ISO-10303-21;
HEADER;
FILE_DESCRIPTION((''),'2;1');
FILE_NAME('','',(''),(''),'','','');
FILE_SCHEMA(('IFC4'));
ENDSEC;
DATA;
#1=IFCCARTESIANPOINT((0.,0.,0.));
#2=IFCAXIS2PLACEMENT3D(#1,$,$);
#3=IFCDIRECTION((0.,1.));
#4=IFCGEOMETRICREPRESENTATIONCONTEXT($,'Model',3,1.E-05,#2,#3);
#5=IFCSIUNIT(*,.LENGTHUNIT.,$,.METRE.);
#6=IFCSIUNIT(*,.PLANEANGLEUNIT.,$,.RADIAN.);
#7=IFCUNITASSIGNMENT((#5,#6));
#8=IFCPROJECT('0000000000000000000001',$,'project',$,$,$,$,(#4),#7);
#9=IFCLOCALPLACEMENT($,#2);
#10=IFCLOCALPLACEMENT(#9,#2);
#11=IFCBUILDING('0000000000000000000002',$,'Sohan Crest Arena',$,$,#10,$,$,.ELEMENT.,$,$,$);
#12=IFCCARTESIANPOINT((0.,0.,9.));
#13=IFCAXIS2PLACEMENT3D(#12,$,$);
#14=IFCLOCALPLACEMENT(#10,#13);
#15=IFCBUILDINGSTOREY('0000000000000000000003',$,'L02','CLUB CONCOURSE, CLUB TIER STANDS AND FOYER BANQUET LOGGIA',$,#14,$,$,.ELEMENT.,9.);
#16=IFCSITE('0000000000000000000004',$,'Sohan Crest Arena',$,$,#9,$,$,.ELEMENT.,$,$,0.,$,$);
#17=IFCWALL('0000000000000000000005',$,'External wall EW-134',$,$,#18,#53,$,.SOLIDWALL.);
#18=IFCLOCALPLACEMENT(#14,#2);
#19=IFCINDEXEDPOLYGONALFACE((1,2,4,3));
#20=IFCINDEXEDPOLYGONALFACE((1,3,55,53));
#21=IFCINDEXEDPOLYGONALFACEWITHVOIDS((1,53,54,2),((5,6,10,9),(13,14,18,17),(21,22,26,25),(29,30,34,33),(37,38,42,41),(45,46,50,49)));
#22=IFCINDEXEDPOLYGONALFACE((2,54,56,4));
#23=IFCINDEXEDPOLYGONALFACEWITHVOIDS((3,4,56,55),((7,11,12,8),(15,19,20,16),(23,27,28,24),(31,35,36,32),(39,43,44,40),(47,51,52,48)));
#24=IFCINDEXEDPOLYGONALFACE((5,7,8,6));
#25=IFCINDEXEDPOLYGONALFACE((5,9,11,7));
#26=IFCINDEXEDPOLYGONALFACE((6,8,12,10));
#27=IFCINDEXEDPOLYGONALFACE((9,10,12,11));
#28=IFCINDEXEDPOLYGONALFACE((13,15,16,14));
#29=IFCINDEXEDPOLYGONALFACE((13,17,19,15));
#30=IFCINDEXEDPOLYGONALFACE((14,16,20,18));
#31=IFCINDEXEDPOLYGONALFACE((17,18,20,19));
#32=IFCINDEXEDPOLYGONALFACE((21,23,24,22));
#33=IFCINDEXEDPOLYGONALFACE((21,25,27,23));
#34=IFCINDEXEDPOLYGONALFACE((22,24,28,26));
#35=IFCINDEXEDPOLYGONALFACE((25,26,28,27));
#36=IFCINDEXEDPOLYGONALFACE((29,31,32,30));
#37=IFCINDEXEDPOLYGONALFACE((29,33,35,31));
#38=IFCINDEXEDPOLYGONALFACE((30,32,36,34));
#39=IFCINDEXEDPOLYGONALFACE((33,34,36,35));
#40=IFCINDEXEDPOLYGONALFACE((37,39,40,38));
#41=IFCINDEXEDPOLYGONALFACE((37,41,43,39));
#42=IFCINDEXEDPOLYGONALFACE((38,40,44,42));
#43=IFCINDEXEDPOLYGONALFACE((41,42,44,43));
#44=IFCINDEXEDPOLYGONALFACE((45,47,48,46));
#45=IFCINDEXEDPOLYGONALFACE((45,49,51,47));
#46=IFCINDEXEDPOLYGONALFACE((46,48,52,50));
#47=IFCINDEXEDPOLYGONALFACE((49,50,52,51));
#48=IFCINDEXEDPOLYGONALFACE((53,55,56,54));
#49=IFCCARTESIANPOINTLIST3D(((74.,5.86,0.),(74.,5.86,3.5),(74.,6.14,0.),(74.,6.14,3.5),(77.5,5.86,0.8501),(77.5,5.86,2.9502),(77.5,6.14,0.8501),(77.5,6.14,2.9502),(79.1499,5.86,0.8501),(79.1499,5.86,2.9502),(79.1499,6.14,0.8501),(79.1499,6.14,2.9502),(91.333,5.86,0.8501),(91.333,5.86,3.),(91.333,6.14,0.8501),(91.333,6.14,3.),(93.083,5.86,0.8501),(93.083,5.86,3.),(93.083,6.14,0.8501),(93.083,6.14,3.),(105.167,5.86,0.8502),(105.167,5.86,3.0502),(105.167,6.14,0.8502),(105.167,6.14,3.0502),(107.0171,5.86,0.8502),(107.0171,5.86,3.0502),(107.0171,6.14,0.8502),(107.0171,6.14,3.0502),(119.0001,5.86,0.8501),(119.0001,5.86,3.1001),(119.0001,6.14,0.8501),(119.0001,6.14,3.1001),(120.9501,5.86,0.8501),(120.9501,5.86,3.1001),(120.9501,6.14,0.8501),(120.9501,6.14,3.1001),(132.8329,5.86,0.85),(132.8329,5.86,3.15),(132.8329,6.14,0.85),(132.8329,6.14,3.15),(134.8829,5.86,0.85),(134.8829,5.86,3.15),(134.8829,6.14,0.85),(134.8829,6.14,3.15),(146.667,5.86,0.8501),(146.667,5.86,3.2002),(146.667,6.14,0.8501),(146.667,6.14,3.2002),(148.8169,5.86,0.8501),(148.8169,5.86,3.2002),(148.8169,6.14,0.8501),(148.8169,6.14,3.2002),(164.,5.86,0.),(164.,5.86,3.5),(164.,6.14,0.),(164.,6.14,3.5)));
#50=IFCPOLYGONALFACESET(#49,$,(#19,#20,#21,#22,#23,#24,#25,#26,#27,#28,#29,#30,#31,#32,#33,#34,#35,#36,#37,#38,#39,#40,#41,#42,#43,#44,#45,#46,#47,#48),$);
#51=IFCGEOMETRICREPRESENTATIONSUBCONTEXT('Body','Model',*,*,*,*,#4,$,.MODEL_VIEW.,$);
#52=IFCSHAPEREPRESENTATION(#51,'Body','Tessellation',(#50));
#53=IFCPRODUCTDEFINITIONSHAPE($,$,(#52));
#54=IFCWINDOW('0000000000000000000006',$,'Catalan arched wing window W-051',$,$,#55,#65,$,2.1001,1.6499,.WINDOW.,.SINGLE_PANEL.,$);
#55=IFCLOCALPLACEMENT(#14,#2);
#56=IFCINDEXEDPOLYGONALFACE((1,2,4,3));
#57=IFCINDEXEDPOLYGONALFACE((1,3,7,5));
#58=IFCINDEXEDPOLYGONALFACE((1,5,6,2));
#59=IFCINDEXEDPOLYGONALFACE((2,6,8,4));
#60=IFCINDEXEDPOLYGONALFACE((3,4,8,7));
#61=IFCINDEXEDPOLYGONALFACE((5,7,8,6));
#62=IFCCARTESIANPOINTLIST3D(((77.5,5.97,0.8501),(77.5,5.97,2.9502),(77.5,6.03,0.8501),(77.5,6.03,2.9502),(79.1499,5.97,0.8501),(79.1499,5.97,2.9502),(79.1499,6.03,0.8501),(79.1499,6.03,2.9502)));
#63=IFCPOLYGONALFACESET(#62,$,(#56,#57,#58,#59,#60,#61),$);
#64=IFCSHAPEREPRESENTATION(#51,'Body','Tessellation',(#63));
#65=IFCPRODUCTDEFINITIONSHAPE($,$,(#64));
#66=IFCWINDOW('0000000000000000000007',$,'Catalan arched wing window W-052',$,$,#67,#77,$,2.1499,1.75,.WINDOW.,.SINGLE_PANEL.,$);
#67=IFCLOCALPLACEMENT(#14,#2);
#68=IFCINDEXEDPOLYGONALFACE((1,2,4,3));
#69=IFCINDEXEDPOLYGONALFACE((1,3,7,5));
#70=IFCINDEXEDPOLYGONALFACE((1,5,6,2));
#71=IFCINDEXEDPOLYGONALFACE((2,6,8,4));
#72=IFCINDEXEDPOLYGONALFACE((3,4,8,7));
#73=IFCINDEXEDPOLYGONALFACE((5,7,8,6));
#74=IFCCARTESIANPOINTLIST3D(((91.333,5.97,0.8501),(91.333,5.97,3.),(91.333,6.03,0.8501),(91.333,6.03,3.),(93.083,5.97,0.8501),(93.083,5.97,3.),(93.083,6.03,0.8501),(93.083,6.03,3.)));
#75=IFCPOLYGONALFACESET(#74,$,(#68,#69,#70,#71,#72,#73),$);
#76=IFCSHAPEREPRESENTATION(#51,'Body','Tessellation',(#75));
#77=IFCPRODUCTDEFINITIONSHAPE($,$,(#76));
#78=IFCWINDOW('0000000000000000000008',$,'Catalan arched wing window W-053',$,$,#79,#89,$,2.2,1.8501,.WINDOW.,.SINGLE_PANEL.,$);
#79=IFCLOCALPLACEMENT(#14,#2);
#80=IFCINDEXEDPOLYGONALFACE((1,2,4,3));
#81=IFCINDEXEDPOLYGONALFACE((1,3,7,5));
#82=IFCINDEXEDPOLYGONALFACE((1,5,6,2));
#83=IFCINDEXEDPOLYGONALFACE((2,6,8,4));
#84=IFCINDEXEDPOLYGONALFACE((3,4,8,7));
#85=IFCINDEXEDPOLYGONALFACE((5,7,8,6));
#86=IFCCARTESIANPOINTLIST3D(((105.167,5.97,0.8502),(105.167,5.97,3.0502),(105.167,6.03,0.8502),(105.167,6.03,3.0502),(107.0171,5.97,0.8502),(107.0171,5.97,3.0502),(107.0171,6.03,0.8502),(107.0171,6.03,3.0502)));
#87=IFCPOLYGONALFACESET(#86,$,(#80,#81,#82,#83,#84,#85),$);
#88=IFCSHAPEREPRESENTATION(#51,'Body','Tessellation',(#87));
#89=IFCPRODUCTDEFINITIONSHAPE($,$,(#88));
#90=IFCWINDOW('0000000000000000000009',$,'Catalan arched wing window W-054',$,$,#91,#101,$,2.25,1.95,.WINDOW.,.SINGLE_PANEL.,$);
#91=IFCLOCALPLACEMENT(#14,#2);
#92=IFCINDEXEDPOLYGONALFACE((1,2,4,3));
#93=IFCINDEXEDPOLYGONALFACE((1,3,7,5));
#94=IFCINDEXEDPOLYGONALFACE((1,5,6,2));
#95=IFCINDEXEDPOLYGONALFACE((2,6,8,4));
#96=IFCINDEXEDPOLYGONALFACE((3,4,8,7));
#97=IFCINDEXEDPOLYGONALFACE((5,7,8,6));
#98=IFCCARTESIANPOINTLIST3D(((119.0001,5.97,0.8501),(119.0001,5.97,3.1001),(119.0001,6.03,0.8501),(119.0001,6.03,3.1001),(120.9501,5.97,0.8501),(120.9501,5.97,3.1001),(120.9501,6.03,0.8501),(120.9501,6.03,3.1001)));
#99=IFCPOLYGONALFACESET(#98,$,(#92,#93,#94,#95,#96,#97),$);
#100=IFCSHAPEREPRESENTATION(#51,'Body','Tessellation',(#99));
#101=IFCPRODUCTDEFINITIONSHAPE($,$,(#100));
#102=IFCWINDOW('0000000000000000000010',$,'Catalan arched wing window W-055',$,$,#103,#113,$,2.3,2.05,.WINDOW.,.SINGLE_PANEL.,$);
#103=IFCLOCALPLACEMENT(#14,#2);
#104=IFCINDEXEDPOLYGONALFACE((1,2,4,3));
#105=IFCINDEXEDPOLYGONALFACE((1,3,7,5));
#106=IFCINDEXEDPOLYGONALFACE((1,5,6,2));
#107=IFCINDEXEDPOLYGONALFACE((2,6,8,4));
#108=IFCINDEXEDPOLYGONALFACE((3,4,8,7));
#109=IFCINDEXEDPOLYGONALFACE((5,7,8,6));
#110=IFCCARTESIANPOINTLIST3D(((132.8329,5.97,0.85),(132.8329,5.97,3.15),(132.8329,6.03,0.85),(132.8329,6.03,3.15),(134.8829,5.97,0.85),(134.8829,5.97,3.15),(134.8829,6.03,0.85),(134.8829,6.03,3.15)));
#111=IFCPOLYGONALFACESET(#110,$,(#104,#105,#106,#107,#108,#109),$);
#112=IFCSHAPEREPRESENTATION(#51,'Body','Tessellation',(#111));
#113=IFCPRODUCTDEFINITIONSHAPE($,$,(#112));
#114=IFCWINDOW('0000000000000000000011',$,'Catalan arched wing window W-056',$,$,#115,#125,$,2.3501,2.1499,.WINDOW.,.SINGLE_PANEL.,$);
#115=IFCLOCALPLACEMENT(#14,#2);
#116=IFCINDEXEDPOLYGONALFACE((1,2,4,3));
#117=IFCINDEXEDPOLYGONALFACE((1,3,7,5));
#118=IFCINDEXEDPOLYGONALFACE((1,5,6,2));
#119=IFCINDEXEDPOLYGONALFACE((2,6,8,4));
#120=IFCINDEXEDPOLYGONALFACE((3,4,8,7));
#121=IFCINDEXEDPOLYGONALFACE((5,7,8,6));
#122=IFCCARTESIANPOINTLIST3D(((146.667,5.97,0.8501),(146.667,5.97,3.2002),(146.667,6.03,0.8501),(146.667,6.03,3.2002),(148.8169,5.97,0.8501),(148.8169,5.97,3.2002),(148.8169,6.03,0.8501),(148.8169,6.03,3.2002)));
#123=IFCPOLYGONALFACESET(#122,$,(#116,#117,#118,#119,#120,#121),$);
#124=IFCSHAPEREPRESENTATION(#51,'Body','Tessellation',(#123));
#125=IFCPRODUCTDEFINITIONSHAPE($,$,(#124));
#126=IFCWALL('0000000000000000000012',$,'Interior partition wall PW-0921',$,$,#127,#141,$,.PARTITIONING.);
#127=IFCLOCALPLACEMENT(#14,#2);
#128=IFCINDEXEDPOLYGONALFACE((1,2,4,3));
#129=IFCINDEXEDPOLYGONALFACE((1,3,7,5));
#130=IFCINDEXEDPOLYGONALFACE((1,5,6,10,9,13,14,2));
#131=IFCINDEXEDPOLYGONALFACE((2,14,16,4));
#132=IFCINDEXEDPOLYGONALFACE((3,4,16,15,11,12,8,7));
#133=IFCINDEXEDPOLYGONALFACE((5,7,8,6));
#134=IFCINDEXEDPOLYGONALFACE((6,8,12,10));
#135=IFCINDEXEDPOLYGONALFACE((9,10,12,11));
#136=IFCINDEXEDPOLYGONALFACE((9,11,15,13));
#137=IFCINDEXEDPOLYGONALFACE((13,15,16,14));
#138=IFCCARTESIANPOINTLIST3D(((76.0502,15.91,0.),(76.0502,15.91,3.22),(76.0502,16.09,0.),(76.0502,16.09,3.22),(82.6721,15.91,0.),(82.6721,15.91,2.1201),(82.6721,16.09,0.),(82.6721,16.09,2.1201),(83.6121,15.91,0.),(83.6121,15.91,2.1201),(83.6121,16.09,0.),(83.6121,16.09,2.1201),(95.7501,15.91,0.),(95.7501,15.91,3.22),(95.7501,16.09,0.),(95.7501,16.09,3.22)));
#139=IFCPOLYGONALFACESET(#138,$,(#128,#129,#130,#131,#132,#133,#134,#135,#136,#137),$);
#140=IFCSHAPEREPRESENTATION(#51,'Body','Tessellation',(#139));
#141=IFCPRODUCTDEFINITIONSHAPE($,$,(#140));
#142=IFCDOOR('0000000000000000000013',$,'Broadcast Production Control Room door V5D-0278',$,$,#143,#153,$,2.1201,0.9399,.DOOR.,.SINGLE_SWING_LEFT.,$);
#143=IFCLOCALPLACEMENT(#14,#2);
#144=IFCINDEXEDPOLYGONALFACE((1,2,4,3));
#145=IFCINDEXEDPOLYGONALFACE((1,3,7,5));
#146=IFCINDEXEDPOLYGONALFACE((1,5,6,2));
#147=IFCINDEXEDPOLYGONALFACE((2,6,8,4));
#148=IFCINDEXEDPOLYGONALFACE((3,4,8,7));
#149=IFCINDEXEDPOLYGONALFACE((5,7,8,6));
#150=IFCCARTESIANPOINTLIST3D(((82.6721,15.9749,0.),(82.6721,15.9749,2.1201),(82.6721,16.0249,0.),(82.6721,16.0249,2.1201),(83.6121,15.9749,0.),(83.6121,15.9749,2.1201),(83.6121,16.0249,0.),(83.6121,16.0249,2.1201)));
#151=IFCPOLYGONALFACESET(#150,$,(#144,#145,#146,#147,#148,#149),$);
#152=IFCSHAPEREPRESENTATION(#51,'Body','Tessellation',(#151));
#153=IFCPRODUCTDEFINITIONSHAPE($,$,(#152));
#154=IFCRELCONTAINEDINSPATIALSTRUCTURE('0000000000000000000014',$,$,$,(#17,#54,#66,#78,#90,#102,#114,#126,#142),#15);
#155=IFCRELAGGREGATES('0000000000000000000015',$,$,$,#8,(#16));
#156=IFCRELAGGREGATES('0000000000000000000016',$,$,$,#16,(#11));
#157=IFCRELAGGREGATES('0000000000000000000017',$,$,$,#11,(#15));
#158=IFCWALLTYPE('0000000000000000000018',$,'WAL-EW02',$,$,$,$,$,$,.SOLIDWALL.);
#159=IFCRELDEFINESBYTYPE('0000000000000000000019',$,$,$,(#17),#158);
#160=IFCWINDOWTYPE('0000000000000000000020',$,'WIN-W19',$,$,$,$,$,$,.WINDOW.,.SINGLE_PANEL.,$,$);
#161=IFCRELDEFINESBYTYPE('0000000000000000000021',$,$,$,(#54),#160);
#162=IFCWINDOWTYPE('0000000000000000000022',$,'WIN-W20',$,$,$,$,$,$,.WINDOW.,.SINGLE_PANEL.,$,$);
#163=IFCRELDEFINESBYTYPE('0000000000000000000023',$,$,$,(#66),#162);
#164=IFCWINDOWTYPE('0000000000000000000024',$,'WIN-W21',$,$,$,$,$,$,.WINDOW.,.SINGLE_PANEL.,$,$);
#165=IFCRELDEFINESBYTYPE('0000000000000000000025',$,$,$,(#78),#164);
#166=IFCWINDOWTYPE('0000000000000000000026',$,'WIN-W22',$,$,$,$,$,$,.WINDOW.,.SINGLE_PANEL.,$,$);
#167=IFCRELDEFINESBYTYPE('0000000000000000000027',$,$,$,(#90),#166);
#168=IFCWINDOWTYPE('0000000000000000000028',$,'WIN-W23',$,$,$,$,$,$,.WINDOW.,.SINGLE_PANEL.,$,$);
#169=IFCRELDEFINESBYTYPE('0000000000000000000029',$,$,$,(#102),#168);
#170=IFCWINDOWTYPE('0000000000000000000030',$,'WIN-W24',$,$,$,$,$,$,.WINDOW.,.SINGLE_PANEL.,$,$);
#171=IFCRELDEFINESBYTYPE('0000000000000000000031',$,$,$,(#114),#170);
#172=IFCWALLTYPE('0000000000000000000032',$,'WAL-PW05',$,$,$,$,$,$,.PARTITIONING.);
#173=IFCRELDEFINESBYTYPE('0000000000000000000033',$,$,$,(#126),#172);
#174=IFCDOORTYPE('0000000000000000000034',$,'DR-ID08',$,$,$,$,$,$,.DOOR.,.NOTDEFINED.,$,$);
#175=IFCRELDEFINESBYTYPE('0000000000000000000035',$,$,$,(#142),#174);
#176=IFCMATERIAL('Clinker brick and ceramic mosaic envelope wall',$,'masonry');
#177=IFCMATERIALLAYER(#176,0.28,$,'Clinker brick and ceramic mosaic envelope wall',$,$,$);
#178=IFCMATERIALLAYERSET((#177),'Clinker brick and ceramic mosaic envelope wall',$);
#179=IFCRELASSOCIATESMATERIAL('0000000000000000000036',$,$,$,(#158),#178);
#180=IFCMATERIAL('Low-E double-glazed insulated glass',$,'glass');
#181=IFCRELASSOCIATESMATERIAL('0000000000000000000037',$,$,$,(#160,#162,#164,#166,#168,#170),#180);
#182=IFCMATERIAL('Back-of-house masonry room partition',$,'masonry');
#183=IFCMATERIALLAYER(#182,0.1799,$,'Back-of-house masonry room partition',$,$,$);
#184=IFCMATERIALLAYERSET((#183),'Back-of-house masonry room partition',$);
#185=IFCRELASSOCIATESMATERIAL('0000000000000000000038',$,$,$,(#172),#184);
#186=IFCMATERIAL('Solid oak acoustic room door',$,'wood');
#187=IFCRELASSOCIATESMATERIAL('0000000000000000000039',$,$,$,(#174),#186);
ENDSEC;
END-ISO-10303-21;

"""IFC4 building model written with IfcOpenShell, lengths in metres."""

from ifc_helpers import new_model, si_unit, direction, frame, frame_2d, origin, place, context, subcontext, project, spatial, rectangle, extrude, material, layer, layer_set, type_object, element, fill, save


model = new_model("IFC4")

# Units and contexts
model_context = context("Model", 3, precision=1e-05, world=origin(), true_north=direction((0.0, 1.0)))
body_context = subcontext(model_context, "Body", "Model", "MODEL_VIEW")
ifc_project = project(units=[si_unit("LENGTHUNIT", "METRE"), si_unit("PLANEANGLEUNIT", "RADIAN")], contexts=[model_context])

# Site, building, storey
site_placement = place(None, origin())
site = spatial("IfcSite", under=ifc_project, at=site_placement, Name="Sohan Crest Arena", CompositionType="ELEMENT", RefElevation=0.0)
building_placement = place(site_placement, origin())
building = spatial("IfcBuilding", under=site, at=building_placement, Name="Sohan Crest Arena", CompositionType="ELEMENT")
storey_placement = place(building_placement, frame((0.0, 0.0, 9.0)))
storey = spatial("IfcBuildingStorey", under=building, at=storey_placement, Name="L02", Description="CLUB CONCOURSE, CLUB TIER STANDS AND FOYER BANQUET LOGGIA", CompositionType="ELEMENT", Elevation=9.0)

# Wall, openings, windows
ifc_material_1 = material(Name="Clinker brick and ceramic mosaic envelope wall", Category="masonry")
ifc_layer_1 = layer(ifc_material_1, 0.28, Name="Clinker brick and ceramic mosaic envelope wall")
ifc_layer_set_1 = layer_set([ifc_layer_1], Name="Clinker brick and ceramic mosaic envelope wall")
wall_type_1 = type_object("IfcWallType", Name="WAL-EW02", PredefinedType="SOLIDWALL", material=ifc_layer_set_1)
wall_1_placement = place(storey_placement, frame((74.0, 6.0, 0.0), z_axis=(0.0, 0.0, 1.0), x_axis=(1.0, 0.0, 0.0)))
wall_1 = element("IfcWall", 1, at=wall_1_placement, inside=storey, type_object=wall_type_1, Name="External wall EW-134", PredefinedType="SOLIDWALL", context=body_context, shape_type="SweptSolid", body=[
    extrude(rectangle(XDim=90.0, YDim=0.28, at=frame_2d((45.0, 0.0))), origin(), (0.0, 0.0, 1.0), 3.5),
])
opening_1_placement = place(wall_1_placement, frame((3.5, 0.0, 0.8501)))
opening_1 = element("IfcOpeningElement", 2, at=opening_1_placement, cuts=wall_1, PredefinedType="OPENING", context=body_context, shape_type="SweptSolid", body=[
    extrude(rectangle(XDim=1.6499, YDim=2.1001, at=frame_2d((0.825, 1.05))), frame((0.0, 0.1499, 0.0), z_axis=(0.0, -1.0, 0.0), x_axis=(1.0, 0.0, 0.0)), (0.0, 0.0, 1.0), 0.3),
])
opening_2_placement = place(wall_1_placement, frame((17.333, 0.0, 0.8501)))
opening_2 = element("IfcOpeningElement", 3, at=opening_2_placement, cuts=wall_1, PredefinedType="OPENING", context=body_context, shape_type="SweptSolid", body=[
    extrude(rectangle(XDim=1.75, YDim=2.1499, at=frame_2d((0.875, 1.075))), frame((0.0, 0.1499, 0.0), z_axis=(0.0, -1.0, 0.0), x_axis=(1.0, 0.0, 0.0)), (0.0, 0.0, 1.0), 0.3),
])
opening_3_placement = place(wall_1_placement, frame((31.167, 0.0, 0.8501)))
opening_3 = element("IfcOpeningElement", 4, at=opening_3_placement, cuts=wall_1, PredefinedType="OPENING", context=body_context, shape_type="SweptSolid", body=[
    extrude(rectangle(XDim=1.8501, YDim=2.2, at=frame_2d((0.925, 1.1001))), frame((0.0, 0.1499, 0.0), z_axis=(0.0, -1.0, 0.0), x_axis=(1.0, 0.0, 0.0)), (0.0, 0.0, 1.0), 0.3),
])
opening_4_placement = place(wall_1_placement, frame((45.0, 0.0, 0.8501)))
opening_4 = element("IfcOpeningElement", 5, at=opening_4_placement, cuts=wall_1, PredefinedType="OPENING", context=body_context, shape_type="SweptSolid", body=[
    extrude(rectangle(XDim=1.95, YDim=2.25, at=frame_2d((0.9751, 1.125))), frame((0.0, 0.1499, 0.0), z_axis=(0.0, -1.0, 0.0), x_axis=(1.0, 0.0, 0.0)), (0.0, 0.0, 1.0), 0.3),
])
opening_5_placement = place(wall_1_placement, frame((58.833, 0.0, 0.8501)))
opening_5 = element("IfcOpeningElement", 6, at=opening_5_placement, cuts=wall_1, PredefinedType="OPENING", context=body_context, shape_type="SweptSolid", body=[
    extrude(rectangle(XDim=2.05, YDim=2.3, at=frame_2d((1.0249, 1.1499))), frame((0.0, 0.1499, 0.0), z_axis=(0.0, -1.0, 0.0), x_axis=(1.0, 0.0, 0.0)), (0.0, 0.0, 1.0), 0.3),
])
opening_6_placement = place(wall_1_placement, frame((72.667, 0.0, 0.8501)))
opening_6 = element("IfcOpeningElement", 7, at=opening_6_placement, cuts=wall_1, PredefinedType="OPENING", context=body_context, shape_type="SweptSolid", body=[
    extrude(rectangle(XDim=2.1499, YDim=2.3501, at=frame_2d((1.075, 1.175))), frame((0.0, 0.1499, 0.0), z_axis=(0.0, -1.0, 0.0), x_axis=(1.0, 0.0, 0.0)), (0.0, 0.0, 1.0), 0.3),
])
ifc_material_2 = material(Name="Low-E double-glazed insulated glass", Category="glass")
window_type_1 = type_object("IfcWindowType", Name="WIN-W19", PartitioningType="SINGLE_PANEL", PredefinedType="WINDOW", material=ifc_material_2)
window_1_placement = place(opening_1_placement, origin())
window_1 = element("IfcWindow", 8, at=window_1_placement, inside=storey, type_object=window_type_1, Name="Catalan arched wing window W-051", OverallHeight=2.1001, OverallWidth=1.6499, PartitioningType="SINGLE_PANEL", PredefinedType="WINDOW", context=body_context, shape_type="SweptSolid", body=[
    extrude(rectangle(XDim=1.6499, YDim=2.1001, at=frame_2d((0.825, 1.05))), frame((0.0, 0.03, 0.0), z_axis=(0.0, -1.0, 0.0), x_axis=(1.0, 0.0, 0.0)), (0.0, 0.0, 1.0), 0.0601),
])
fill(opening_1, window_1)
window_type_2 = type_object("IfcWindowType", Name="WIN-W20", PartitioningType="SINGLE_PANEL", PredefinedType="WINDOW", material=ifc_material_2)
window_2_placement = place(opening_2_placement, origin())
window_2 = element("IfcWindow", 9, at=window_2_placement, inside=storey, type_object=window_type_2, Name="Catalan arched wing window W-052", OverallHeight=2.1499, OverallWidth=1.75, PartitioningType="SINGLE_PANEL", PredefinedType="WINDOW", context=body_context, shape_type="SweptSolid", body=[
    extrude(rectangle(XDim=1.75, YDim=2.1499, at=frame_2d((0.875, 1.075))), frame((0.0, 0.03, 0.0), z_axis=(0.0, -1.0, 0.0), x_axis=(1.0, 0.0, 0.0)), (0.0, 0.0, 1.0), 0.0601),
])
fill(opening_2, window_2)
window_type_3 = type_object("IfcWindowType", Name="WIN-W21", PartitioningType="SINGLE_PANEL", PredefinedType="WINDOW", material=ifc_material_2)
window_3_placement = place(opening_3_placement, origin())
window_3 = element("IfcWindow", 10, at=window_3_placement, inside=storey, type_object=window_type_3, Name="Catalan arched wing window W-053", OverallHeight=2.2, OverallWidth=1.8501, PartitioningType="SINGLE_PANEL", PredefinedType="WINDOW", context=body_context, shape_type="SweptSolid", body=[
    extrude(rectangle(XDim=1.8501, YDim=2.2, at=frame_2d((0.925, 1.1001))), frame((0.0, 0.03, 0.0), z_axis=(0.0, -1.0, 0.0), x_axis=(1.0, 0.0, 0.0)), (0.0, 0.0, 1.0), 0.0601),
])
fill(opening_3, window_3)
window_type_4 = type_object("IfcWindowType", Name="WIN-W22", PartitioningType="SINGLE_PANEL", PredefinedType="WINDOW", material=ifc_material_2)
window_4_placement = place(opening_4_placement, origin())
window_4 = element("IfcWindow", 11, at=window_4_placement, inside=storey, type_object=window_type_4, Name="Catalan arched wing window W-054", OverallHeight=2.25, OverallWidth=1.95, PartitioningType="SINGLE_PANEL", PredefinedType="WINDOW", context=body_context, shape_type="SweptSolid", body=[
    extrude(rectangle(XDim=1.95, YDim=2.25, at=frame_2d((0.9751, 1.125))), frame((0.0, 0.03, 0.0), z_axis=(0.0, -1.0, 0.0), x_axis=(1.0, 0.0, 0.0)), (0.0, 0.0, 1.0), 0.0601),
])
fill(opening_4, window_4)
window_type_5 = type_object("IfcWindowType", Name="WIN-W23", PartitioningType="SINGLE_PANEL", PredefinedType="WINDOW", material=ifc_material_2)
window_5_placement = place(opening_5_placement, origin())
window_5 = element("IfcWindow", 12, at=window_5_placement, inside=storey, type_object=window_type_5, Name="Catalan arched wing window W-055", OverallHeight=2.3, OverallWidth=2.05, PartitioningType="SINGLE_PANEL", PredefinedType="WINDOW", context=body_context, shape_type="SweptSolid", body=[
    extrude(rectangle(XDim=2.05, YDim=2.3, at=frame_2d((1.0249, 1.1499))), frame((0.0, 0.03, 0.0), z_axis=(0.0, -1.0, 0.0), x_axis=(1.0, 0.0, 0.0)), (0.0, 0.0, 1.0), 0.0601),
])
fill(opening_5, window_5)
window_type_6 = type_object("IfcWindowType", Name="WIN-W24", PartitioningType="SINGLE_PANEL", PredefinedType="WINDOW", material=ifc_material_2)
window_6_placement = place(opening_6_placement, origin())
window_6 = element("IfcWindow", 13, at=window_6_placement, inside=storey, type_object=window_type_6, Name="Catalan arched wing window W-056", OverallHeight=2.3501, OverallWidth=2.1499, PartitioningType="SINGLE_PANEL", PredefinedType="WINDOW", context=body_context, shape_type="SweptSolid", body=[
    extrude(rectangle(XDim=2.1499, YDim=2.3501, at=frame_2d((1.075, 1.175))), frame((0.0, 0.03, 0.0), z_axis=(0.0, -1.0, 0.0), x_axis=(1.0, 0.0, 0.0)), (0.0, 0.0, 1.0), 0.0601),
])
fill(opening_6, window_6)

# Wall, opening, door
ifc_material_3 = material(Name="Back-of-house masonry room partition", Category="masonry")
ifc_layer_2 = layer(ifc_material_3, 0.1799, Name="Back-of-house masonry room partition")
ifc_layer_set_2 = layer_set([ifc_layer_2], Name="Back-of-house masonry room partition")
wall_type_2 = type_object("IfcWallType", Name="WAL-PW05", PredefinedType="PARTITIONING", material=ifc_layer_set_2)
wall_2_placement = place(storey_placement, frame((76.05, 16.0, 0.0), z_axis=(0.0, 0.0, 1.0), x_axis=(1.0, 0.0, 0.0)))
wall_2 = element("IfcWall", 14, at=wall_2_placement, inside=storey, type_object=wall_type_2, Name="Interior partition wall PW-0921", PredefinedType="PARTITIONING", context=body_context, shape_type="SweptSolid", body=[
    extrude(rectangle(XDim=19.7, YDim=0.1799, at=frame_2d((9.8501, 0.0))), origin(), (0.0, 0.0, 1.0), 3.22),
])
opening_7_placement = place(wall_2_placement, frame((6.6221, 0.0, 0.0)))
opening_7 = element("IfcOpeningElement", 15, at=opening_7_placement, cuts=wall_2, PredefinedType="OPENING", context=body_context, shape_type="SweptSolid", body=[
    extrude(rectangle(XDim=0.9399, YDim=2.1201, at=frame_2d((0.47, 1.0601))), frame((0.0, 0.0999, 0.0), z_axis=(0.0, -1.0, 0.0), x_axis=(1.0, 0.0, 0.0)), (0.0, 0.0, 1.0), 0.2),
])
ifc_material_4 = material(Name="Solid oak acoustic room door", Category="wood")
door_type_1 = type_object("IfcDoorType", Name="DR-ID08", OperationType="NOTDEFINED", PredefinedType="DOOR", material=ifc_material_4)
door_1_placement = place(opening_7_placement, origin())
door_1 = element("IfcDoor", 16, at=door_1_placement, inside=storey, type_object=door_type_1, Name="Broadcast Production Control Room door V5D-0278", OperationType="SINGLE_SWING_LEFT", OverallHeight=2.1201, OverallWidth=0.9399, PredefinedType="DOOR", context=body_context, shape_type="SweptSolid", body=[
    extrude(rectangle(XDim=0.9399, YDim=2.1201, at=frame_2d((0.47, 1.0601))), frame((0.0, 0.0249, 0.0), z_axis=(0.0, -1.0, 0.0), x_axis=(1.0, 0.0, 0.0)), (0.0, 0.0, 1.0), 0.05),
])
fill(opening_7, door_1)

save(model, "model.ifc")
